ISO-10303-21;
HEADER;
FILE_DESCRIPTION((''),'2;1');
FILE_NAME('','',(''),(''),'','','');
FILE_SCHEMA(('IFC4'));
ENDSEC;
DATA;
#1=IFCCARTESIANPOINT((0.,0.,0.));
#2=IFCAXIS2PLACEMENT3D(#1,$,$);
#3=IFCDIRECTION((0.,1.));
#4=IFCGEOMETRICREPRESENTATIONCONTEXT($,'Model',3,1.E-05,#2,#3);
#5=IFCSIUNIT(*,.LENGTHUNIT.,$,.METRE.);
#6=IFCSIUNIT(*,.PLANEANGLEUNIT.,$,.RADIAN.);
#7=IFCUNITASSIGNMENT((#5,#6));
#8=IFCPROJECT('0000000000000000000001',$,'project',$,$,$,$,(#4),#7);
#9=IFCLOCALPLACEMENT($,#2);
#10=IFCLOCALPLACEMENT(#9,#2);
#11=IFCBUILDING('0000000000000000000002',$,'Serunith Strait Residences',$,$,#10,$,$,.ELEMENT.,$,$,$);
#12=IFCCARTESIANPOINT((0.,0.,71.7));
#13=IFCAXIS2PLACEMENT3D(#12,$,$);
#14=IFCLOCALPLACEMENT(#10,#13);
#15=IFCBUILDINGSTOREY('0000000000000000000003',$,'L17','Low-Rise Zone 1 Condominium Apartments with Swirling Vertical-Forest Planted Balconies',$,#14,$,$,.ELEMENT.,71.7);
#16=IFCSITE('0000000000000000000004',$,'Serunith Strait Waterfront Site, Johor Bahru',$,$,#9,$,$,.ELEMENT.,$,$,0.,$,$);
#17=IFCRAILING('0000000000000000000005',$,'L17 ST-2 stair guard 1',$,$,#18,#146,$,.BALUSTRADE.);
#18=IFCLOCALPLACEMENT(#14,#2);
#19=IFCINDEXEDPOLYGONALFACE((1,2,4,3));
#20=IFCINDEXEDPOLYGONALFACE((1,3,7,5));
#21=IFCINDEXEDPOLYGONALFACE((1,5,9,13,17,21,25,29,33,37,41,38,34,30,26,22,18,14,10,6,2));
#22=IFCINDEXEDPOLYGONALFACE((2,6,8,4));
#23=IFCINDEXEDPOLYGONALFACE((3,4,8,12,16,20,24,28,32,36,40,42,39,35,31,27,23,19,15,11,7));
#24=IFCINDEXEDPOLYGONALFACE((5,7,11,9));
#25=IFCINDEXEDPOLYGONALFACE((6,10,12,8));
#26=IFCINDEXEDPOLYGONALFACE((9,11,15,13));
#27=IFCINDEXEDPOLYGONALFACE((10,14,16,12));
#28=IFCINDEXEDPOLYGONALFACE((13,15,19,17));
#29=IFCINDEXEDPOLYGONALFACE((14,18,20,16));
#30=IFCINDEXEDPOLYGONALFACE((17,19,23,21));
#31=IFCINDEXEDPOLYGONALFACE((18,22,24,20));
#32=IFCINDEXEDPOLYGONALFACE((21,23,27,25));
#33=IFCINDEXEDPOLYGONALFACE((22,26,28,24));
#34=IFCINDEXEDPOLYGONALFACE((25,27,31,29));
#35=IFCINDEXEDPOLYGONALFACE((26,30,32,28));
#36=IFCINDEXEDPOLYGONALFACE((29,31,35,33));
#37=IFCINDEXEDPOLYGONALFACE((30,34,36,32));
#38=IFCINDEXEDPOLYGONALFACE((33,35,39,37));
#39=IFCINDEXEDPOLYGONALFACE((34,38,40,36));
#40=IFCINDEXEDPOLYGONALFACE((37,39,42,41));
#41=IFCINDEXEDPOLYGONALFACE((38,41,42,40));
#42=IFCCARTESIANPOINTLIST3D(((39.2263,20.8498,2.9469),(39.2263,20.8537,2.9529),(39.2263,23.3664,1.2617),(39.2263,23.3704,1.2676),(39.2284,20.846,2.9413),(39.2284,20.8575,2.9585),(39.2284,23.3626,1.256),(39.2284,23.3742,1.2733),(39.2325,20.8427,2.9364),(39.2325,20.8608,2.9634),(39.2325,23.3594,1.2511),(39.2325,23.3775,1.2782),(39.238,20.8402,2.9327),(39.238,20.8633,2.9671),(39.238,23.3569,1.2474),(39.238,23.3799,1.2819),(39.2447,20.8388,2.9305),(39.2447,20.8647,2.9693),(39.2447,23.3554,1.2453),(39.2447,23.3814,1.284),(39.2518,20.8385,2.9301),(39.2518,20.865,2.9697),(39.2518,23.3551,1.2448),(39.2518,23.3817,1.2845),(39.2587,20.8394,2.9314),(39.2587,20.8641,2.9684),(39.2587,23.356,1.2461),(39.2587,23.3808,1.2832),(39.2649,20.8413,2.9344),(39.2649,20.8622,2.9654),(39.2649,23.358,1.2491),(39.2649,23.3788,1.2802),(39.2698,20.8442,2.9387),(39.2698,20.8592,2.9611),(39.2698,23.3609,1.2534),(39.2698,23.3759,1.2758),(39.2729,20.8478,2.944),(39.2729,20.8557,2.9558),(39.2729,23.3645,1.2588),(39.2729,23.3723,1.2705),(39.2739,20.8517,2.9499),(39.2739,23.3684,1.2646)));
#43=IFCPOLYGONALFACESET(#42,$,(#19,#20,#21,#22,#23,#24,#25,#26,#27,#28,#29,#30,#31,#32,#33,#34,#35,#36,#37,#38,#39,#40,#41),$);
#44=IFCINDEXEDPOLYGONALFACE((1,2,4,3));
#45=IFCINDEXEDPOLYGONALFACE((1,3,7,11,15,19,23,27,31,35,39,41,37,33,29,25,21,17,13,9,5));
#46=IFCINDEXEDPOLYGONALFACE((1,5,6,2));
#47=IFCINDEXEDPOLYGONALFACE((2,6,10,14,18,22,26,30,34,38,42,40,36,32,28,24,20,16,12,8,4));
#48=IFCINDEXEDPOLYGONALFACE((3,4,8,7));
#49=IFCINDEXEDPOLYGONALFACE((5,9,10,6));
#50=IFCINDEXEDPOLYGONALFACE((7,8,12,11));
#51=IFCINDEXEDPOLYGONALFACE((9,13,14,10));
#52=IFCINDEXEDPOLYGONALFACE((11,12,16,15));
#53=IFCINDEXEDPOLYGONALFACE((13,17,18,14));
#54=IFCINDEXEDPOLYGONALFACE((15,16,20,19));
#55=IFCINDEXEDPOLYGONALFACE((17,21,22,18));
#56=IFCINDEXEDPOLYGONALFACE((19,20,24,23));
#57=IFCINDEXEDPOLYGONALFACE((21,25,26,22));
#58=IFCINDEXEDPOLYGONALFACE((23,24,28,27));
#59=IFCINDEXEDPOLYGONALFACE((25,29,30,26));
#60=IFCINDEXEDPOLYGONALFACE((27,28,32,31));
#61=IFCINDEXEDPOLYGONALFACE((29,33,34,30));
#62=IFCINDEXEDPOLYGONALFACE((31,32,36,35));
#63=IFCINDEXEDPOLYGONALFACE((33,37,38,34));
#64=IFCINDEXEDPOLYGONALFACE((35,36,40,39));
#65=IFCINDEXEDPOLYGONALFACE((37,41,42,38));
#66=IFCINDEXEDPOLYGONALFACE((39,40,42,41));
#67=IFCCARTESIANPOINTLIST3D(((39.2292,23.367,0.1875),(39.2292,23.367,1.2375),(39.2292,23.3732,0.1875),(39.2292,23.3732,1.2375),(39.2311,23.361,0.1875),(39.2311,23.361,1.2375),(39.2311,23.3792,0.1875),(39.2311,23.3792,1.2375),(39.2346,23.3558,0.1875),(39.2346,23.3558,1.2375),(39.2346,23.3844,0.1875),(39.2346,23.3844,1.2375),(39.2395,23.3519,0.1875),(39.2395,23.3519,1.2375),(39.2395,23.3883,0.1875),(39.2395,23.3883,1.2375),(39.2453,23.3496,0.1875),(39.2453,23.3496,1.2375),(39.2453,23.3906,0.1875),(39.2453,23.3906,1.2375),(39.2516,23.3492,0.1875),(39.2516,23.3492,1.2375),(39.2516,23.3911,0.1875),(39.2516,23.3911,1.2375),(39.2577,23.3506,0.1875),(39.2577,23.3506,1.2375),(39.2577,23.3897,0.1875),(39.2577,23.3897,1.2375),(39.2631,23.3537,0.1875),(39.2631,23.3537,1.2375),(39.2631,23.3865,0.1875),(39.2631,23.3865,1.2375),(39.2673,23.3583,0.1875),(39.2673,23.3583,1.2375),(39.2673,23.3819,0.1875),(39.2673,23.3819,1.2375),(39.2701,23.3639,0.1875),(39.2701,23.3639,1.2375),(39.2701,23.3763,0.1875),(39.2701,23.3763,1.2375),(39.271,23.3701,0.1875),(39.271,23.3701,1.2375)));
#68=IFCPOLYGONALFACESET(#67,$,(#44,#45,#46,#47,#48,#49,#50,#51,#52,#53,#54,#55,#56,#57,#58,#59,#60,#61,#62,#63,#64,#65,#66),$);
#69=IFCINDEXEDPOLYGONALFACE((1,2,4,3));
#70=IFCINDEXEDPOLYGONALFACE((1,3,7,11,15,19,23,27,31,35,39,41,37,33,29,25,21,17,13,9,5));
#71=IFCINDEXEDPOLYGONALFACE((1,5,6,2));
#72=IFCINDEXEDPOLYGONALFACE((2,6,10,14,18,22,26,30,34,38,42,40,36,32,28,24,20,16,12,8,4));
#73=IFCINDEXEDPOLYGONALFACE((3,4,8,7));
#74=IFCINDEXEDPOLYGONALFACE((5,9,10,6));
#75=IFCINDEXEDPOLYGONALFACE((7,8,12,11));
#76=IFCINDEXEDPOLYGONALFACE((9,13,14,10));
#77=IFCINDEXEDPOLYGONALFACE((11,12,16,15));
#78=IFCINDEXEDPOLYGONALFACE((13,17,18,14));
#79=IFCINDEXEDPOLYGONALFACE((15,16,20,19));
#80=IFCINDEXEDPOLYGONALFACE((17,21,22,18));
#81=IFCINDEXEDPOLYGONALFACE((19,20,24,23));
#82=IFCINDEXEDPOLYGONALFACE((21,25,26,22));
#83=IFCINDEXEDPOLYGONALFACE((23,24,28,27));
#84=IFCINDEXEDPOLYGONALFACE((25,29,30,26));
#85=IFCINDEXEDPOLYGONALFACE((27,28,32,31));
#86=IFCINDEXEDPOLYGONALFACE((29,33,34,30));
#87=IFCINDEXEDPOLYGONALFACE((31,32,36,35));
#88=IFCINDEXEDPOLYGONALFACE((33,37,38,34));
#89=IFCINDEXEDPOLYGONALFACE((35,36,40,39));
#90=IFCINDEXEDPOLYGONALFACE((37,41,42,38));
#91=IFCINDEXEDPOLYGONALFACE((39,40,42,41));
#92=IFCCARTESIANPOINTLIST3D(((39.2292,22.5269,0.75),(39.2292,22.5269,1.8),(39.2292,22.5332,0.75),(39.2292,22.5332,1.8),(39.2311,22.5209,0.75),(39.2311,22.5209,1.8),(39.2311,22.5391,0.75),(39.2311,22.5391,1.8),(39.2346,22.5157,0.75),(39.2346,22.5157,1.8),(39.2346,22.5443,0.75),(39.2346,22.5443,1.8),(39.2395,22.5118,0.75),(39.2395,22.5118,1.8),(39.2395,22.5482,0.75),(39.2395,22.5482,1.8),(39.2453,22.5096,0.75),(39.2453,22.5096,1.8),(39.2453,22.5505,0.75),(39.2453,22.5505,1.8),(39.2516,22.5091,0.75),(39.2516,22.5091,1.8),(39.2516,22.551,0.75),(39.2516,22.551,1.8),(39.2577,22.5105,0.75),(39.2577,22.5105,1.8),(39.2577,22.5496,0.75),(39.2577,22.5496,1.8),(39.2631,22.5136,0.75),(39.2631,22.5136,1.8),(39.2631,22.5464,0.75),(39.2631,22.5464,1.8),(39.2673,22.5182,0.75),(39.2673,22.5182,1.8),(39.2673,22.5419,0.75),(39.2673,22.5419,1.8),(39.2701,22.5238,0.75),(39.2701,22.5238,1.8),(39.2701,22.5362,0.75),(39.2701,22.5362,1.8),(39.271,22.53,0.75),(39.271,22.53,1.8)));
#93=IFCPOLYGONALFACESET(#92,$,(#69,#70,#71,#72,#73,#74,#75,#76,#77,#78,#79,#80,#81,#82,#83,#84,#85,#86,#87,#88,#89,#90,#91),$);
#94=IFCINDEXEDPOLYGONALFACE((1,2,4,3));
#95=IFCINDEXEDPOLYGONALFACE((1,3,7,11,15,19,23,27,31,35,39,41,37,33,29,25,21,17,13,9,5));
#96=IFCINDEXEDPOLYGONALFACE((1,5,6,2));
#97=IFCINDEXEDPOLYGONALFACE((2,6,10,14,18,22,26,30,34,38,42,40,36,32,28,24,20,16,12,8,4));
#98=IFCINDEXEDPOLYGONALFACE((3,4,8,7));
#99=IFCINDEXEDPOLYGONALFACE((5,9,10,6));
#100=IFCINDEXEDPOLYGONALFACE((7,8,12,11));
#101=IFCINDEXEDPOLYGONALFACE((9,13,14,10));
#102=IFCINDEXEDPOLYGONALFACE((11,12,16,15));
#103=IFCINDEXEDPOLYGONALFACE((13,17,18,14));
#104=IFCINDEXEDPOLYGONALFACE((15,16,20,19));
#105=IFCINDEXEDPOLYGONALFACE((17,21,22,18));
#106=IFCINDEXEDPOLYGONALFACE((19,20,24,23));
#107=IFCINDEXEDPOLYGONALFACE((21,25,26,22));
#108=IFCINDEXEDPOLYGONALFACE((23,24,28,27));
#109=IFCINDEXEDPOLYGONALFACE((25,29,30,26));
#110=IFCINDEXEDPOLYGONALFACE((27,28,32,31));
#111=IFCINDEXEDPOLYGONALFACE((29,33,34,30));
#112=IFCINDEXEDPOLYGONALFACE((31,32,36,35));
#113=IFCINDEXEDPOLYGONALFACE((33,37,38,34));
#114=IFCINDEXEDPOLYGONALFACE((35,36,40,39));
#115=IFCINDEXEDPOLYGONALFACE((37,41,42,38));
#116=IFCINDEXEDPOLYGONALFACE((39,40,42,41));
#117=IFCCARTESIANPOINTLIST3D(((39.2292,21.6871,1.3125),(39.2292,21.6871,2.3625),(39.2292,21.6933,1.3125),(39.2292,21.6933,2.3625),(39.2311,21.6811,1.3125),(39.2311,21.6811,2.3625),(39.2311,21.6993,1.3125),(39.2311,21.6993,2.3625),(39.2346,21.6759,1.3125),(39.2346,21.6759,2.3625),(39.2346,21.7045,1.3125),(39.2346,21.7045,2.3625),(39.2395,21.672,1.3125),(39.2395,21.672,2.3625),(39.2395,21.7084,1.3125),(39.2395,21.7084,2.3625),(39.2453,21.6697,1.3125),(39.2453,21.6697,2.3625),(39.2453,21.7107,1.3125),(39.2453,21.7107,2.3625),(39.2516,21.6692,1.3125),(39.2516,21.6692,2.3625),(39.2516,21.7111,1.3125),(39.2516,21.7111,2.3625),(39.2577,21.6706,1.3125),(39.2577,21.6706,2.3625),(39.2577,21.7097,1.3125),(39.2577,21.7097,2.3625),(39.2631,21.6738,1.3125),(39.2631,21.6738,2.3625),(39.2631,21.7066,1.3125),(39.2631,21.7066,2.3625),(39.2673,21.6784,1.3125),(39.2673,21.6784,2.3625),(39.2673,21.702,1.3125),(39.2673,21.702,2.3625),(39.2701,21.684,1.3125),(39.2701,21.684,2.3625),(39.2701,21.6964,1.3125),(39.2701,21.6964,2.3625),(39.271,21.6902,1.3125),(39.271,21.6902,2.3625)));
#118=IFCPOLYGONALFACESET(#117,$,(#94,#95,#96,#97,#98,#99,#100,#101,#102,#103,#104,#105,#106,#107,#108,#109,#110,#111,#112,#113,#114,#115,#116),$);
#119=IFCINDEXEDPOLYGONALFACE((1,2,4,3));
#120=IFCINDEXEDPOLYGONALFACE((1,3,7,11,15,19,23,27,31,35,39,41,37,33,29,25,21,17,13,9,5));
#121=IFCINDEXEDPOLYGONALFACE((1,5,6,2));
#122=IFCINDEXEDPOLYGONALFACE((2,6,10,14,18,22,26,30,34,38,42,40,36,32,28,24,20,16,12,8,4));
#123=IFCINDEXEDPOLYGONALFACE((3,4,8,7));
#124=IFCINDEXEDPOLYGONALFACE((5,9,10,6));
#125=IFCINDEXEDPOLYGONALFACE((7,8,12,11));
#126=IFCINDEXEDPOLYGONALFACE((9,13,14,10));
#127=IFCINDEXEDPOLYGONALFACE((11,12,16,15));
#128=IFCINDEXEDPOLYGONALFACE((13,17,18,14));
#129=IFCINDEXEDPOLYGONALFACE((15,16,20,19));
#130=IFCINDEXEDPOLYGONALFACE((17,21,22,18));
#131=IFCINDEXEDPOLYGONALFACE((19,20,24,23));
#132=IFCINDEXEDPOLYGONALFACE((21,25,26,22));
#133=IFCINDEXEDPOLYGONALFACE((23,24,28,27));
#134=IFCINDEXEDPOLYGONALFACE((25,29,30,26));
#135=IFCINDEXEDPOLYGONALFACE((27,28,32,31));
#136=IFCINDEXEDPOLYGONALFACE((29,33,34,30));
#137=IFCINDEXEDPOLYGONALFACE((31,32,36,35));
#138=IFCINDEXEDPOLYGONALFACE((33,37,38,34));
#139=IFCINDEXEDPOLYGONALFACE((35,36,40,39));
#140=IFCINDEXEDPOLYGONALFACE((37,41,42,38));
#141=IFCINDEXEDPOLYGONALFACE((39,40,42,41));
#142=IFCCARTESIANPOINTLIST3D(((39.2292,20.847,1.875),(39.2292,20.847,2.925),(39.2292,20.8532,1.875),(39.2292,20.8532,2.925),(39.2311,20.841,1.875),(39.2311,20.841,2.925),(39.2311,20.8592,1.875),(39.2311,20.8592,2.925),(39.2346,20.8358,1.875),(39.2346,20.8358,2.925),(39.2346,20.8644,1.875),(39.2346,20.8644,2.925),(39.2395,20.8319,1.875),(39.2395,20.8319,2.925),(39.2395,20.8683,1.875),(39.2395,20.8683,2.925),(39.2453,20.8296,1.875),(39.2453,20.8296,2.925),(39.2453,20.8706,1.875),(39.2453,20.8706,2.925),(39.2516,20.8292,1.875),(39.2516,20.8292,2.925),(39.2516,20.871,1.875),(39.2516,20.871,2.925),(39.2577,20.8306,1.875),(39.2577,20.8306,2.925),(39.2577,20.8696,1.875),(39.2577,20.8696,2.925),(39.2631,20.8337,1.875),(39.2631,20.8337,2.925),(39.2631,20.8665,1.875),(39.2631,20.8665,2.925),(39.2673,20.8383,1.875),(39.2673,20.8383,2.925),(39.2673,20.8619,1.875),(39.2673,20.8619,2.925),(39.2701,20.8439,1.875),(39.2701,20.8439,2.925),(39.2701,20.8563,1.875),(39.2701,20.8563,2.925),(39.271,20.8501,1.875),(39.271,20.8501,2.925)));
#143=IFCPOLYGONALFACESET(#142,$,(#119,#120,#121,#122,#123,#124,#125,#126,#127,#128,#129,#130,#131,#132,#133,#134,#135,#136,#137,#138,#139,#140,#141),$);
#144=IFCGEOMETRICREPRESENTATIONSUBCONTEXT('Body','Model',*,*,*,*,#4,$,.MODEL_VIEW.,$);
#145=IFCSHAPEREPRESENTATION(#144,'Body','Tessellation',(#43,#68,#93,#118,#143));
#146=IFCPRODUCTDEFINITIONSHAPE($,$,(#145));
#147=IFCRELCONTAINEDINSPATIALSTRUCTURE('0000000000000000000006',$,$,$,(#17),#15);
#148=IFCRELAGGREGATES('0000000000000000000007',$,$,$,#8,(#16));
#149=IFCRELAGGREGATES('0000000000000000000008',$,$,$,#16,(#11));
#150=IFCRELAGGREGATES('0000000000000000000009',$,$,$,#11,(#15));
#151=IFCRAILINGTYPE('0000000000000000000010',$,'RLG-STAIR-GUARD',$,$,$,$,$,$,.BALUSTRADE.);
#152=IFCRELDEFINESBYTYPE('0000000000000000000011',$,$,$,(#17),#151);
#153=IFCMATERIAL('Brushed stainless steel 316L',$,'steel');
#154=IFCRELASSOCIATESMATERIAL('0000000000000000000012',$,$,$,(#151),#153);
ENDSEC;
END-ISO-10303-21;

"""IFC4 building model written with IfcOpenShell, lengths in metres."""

from ifc_helpers import new_model, si_unit, direction, frame, origin, origin_2d, place, context, subcontext, project, spatial, circle, extrude, material, type_object, element, save


model = new_model("IFC4")

# Units and contexts
model_context = context("Model", 3, precision=1e-05, world=origin(), true_north=direction((0.0, 1.0)))
body_context = subcontext(model_context, "Body", "Model", "MODEL_VIEW")
ifc_project = project(units=[si_unit("LENGTHUNIT", "METRE"), si_unit("PLANEANGLEUNIT", "RADIAN")], contexts=[model_context])

# Site, building, storey
site_placement = place(None, origin())
site = spatial("IfcSite", under=ifc_project, at=site_placement, Name="Serunith Strait Waterfront Site, Johor Bahru", CompositionType="ELEMENT", RefElevation=0.0)
building_placement = place(site_placement, origin())
building = spatial("IfcBuilding", under=site, at=building_placement, Name="Serunith Strait Residences", CompositionType="ELEMENT")
storey_placement = place(building_placement, frame((0.0, 0.0, 71.7)))
storey = spatial("IfcBuildingStorey", under=building, at=storey_placement, Name="L17", Description="Low-Rise Zone 1 Condominium Apartments with Swirling Vertical-Forest Planted Balconies", CompositionType="ELEMENT", Elevation=71.7)

# Railing
ifc_material_1 = material(Name="Brushed stainless steel 316L", Category="steel")
railing_type_1 = type_object("IfcRailingType", Name="RLG-STAIR-GUARD", PredefinedType="BALUSTRADE", material=ifc_material_1)
railing_1_placement = place(storey_placement, frame((39.25, 23.3701, 0.1875)))
element("IfcRailing", 1, at=railing_1_placement, inside=storey, type_object=railing_type_1, Name="L17 ST-2 stair guard 1", PredefinedType="BALUSTRADE", context=body_context, shape_type="SweptSolid", body=[
    extrude(circle(Radius=0.0239, at=origin_2d()), frame((0.0, -0.0017, 1.0771), z_axis=(0.0, -0.830909, 0.556408), x_axis=(1.0, 0.0, 0.0)), (0.0, 0.0, 1.0), 3.0288),
    extrude(circle(Radius=0.021, at=origin_2d()), origin(), (0.0, 0.0, 1.0), 1.05),
    extrude(circle(Radius=0.021, at=origin_2d()), frame((0.0, -0.8401, 0.5625)), (0.0, 0.0, 1.0), 1.05),
    extrude(circle(Radius=0.021, at=origin_2d()), frame((0.0, -1.6799, 1.125)), (0.0, 0.0, 1.0), 1.05),
    extrude(circle(Radius=0.021, at=origin_2d()), frame((0.0, -2.52, 1.6875)), (0.0, 0.0, 1.0), 1.05),
])

save(model, "model.ifc")
